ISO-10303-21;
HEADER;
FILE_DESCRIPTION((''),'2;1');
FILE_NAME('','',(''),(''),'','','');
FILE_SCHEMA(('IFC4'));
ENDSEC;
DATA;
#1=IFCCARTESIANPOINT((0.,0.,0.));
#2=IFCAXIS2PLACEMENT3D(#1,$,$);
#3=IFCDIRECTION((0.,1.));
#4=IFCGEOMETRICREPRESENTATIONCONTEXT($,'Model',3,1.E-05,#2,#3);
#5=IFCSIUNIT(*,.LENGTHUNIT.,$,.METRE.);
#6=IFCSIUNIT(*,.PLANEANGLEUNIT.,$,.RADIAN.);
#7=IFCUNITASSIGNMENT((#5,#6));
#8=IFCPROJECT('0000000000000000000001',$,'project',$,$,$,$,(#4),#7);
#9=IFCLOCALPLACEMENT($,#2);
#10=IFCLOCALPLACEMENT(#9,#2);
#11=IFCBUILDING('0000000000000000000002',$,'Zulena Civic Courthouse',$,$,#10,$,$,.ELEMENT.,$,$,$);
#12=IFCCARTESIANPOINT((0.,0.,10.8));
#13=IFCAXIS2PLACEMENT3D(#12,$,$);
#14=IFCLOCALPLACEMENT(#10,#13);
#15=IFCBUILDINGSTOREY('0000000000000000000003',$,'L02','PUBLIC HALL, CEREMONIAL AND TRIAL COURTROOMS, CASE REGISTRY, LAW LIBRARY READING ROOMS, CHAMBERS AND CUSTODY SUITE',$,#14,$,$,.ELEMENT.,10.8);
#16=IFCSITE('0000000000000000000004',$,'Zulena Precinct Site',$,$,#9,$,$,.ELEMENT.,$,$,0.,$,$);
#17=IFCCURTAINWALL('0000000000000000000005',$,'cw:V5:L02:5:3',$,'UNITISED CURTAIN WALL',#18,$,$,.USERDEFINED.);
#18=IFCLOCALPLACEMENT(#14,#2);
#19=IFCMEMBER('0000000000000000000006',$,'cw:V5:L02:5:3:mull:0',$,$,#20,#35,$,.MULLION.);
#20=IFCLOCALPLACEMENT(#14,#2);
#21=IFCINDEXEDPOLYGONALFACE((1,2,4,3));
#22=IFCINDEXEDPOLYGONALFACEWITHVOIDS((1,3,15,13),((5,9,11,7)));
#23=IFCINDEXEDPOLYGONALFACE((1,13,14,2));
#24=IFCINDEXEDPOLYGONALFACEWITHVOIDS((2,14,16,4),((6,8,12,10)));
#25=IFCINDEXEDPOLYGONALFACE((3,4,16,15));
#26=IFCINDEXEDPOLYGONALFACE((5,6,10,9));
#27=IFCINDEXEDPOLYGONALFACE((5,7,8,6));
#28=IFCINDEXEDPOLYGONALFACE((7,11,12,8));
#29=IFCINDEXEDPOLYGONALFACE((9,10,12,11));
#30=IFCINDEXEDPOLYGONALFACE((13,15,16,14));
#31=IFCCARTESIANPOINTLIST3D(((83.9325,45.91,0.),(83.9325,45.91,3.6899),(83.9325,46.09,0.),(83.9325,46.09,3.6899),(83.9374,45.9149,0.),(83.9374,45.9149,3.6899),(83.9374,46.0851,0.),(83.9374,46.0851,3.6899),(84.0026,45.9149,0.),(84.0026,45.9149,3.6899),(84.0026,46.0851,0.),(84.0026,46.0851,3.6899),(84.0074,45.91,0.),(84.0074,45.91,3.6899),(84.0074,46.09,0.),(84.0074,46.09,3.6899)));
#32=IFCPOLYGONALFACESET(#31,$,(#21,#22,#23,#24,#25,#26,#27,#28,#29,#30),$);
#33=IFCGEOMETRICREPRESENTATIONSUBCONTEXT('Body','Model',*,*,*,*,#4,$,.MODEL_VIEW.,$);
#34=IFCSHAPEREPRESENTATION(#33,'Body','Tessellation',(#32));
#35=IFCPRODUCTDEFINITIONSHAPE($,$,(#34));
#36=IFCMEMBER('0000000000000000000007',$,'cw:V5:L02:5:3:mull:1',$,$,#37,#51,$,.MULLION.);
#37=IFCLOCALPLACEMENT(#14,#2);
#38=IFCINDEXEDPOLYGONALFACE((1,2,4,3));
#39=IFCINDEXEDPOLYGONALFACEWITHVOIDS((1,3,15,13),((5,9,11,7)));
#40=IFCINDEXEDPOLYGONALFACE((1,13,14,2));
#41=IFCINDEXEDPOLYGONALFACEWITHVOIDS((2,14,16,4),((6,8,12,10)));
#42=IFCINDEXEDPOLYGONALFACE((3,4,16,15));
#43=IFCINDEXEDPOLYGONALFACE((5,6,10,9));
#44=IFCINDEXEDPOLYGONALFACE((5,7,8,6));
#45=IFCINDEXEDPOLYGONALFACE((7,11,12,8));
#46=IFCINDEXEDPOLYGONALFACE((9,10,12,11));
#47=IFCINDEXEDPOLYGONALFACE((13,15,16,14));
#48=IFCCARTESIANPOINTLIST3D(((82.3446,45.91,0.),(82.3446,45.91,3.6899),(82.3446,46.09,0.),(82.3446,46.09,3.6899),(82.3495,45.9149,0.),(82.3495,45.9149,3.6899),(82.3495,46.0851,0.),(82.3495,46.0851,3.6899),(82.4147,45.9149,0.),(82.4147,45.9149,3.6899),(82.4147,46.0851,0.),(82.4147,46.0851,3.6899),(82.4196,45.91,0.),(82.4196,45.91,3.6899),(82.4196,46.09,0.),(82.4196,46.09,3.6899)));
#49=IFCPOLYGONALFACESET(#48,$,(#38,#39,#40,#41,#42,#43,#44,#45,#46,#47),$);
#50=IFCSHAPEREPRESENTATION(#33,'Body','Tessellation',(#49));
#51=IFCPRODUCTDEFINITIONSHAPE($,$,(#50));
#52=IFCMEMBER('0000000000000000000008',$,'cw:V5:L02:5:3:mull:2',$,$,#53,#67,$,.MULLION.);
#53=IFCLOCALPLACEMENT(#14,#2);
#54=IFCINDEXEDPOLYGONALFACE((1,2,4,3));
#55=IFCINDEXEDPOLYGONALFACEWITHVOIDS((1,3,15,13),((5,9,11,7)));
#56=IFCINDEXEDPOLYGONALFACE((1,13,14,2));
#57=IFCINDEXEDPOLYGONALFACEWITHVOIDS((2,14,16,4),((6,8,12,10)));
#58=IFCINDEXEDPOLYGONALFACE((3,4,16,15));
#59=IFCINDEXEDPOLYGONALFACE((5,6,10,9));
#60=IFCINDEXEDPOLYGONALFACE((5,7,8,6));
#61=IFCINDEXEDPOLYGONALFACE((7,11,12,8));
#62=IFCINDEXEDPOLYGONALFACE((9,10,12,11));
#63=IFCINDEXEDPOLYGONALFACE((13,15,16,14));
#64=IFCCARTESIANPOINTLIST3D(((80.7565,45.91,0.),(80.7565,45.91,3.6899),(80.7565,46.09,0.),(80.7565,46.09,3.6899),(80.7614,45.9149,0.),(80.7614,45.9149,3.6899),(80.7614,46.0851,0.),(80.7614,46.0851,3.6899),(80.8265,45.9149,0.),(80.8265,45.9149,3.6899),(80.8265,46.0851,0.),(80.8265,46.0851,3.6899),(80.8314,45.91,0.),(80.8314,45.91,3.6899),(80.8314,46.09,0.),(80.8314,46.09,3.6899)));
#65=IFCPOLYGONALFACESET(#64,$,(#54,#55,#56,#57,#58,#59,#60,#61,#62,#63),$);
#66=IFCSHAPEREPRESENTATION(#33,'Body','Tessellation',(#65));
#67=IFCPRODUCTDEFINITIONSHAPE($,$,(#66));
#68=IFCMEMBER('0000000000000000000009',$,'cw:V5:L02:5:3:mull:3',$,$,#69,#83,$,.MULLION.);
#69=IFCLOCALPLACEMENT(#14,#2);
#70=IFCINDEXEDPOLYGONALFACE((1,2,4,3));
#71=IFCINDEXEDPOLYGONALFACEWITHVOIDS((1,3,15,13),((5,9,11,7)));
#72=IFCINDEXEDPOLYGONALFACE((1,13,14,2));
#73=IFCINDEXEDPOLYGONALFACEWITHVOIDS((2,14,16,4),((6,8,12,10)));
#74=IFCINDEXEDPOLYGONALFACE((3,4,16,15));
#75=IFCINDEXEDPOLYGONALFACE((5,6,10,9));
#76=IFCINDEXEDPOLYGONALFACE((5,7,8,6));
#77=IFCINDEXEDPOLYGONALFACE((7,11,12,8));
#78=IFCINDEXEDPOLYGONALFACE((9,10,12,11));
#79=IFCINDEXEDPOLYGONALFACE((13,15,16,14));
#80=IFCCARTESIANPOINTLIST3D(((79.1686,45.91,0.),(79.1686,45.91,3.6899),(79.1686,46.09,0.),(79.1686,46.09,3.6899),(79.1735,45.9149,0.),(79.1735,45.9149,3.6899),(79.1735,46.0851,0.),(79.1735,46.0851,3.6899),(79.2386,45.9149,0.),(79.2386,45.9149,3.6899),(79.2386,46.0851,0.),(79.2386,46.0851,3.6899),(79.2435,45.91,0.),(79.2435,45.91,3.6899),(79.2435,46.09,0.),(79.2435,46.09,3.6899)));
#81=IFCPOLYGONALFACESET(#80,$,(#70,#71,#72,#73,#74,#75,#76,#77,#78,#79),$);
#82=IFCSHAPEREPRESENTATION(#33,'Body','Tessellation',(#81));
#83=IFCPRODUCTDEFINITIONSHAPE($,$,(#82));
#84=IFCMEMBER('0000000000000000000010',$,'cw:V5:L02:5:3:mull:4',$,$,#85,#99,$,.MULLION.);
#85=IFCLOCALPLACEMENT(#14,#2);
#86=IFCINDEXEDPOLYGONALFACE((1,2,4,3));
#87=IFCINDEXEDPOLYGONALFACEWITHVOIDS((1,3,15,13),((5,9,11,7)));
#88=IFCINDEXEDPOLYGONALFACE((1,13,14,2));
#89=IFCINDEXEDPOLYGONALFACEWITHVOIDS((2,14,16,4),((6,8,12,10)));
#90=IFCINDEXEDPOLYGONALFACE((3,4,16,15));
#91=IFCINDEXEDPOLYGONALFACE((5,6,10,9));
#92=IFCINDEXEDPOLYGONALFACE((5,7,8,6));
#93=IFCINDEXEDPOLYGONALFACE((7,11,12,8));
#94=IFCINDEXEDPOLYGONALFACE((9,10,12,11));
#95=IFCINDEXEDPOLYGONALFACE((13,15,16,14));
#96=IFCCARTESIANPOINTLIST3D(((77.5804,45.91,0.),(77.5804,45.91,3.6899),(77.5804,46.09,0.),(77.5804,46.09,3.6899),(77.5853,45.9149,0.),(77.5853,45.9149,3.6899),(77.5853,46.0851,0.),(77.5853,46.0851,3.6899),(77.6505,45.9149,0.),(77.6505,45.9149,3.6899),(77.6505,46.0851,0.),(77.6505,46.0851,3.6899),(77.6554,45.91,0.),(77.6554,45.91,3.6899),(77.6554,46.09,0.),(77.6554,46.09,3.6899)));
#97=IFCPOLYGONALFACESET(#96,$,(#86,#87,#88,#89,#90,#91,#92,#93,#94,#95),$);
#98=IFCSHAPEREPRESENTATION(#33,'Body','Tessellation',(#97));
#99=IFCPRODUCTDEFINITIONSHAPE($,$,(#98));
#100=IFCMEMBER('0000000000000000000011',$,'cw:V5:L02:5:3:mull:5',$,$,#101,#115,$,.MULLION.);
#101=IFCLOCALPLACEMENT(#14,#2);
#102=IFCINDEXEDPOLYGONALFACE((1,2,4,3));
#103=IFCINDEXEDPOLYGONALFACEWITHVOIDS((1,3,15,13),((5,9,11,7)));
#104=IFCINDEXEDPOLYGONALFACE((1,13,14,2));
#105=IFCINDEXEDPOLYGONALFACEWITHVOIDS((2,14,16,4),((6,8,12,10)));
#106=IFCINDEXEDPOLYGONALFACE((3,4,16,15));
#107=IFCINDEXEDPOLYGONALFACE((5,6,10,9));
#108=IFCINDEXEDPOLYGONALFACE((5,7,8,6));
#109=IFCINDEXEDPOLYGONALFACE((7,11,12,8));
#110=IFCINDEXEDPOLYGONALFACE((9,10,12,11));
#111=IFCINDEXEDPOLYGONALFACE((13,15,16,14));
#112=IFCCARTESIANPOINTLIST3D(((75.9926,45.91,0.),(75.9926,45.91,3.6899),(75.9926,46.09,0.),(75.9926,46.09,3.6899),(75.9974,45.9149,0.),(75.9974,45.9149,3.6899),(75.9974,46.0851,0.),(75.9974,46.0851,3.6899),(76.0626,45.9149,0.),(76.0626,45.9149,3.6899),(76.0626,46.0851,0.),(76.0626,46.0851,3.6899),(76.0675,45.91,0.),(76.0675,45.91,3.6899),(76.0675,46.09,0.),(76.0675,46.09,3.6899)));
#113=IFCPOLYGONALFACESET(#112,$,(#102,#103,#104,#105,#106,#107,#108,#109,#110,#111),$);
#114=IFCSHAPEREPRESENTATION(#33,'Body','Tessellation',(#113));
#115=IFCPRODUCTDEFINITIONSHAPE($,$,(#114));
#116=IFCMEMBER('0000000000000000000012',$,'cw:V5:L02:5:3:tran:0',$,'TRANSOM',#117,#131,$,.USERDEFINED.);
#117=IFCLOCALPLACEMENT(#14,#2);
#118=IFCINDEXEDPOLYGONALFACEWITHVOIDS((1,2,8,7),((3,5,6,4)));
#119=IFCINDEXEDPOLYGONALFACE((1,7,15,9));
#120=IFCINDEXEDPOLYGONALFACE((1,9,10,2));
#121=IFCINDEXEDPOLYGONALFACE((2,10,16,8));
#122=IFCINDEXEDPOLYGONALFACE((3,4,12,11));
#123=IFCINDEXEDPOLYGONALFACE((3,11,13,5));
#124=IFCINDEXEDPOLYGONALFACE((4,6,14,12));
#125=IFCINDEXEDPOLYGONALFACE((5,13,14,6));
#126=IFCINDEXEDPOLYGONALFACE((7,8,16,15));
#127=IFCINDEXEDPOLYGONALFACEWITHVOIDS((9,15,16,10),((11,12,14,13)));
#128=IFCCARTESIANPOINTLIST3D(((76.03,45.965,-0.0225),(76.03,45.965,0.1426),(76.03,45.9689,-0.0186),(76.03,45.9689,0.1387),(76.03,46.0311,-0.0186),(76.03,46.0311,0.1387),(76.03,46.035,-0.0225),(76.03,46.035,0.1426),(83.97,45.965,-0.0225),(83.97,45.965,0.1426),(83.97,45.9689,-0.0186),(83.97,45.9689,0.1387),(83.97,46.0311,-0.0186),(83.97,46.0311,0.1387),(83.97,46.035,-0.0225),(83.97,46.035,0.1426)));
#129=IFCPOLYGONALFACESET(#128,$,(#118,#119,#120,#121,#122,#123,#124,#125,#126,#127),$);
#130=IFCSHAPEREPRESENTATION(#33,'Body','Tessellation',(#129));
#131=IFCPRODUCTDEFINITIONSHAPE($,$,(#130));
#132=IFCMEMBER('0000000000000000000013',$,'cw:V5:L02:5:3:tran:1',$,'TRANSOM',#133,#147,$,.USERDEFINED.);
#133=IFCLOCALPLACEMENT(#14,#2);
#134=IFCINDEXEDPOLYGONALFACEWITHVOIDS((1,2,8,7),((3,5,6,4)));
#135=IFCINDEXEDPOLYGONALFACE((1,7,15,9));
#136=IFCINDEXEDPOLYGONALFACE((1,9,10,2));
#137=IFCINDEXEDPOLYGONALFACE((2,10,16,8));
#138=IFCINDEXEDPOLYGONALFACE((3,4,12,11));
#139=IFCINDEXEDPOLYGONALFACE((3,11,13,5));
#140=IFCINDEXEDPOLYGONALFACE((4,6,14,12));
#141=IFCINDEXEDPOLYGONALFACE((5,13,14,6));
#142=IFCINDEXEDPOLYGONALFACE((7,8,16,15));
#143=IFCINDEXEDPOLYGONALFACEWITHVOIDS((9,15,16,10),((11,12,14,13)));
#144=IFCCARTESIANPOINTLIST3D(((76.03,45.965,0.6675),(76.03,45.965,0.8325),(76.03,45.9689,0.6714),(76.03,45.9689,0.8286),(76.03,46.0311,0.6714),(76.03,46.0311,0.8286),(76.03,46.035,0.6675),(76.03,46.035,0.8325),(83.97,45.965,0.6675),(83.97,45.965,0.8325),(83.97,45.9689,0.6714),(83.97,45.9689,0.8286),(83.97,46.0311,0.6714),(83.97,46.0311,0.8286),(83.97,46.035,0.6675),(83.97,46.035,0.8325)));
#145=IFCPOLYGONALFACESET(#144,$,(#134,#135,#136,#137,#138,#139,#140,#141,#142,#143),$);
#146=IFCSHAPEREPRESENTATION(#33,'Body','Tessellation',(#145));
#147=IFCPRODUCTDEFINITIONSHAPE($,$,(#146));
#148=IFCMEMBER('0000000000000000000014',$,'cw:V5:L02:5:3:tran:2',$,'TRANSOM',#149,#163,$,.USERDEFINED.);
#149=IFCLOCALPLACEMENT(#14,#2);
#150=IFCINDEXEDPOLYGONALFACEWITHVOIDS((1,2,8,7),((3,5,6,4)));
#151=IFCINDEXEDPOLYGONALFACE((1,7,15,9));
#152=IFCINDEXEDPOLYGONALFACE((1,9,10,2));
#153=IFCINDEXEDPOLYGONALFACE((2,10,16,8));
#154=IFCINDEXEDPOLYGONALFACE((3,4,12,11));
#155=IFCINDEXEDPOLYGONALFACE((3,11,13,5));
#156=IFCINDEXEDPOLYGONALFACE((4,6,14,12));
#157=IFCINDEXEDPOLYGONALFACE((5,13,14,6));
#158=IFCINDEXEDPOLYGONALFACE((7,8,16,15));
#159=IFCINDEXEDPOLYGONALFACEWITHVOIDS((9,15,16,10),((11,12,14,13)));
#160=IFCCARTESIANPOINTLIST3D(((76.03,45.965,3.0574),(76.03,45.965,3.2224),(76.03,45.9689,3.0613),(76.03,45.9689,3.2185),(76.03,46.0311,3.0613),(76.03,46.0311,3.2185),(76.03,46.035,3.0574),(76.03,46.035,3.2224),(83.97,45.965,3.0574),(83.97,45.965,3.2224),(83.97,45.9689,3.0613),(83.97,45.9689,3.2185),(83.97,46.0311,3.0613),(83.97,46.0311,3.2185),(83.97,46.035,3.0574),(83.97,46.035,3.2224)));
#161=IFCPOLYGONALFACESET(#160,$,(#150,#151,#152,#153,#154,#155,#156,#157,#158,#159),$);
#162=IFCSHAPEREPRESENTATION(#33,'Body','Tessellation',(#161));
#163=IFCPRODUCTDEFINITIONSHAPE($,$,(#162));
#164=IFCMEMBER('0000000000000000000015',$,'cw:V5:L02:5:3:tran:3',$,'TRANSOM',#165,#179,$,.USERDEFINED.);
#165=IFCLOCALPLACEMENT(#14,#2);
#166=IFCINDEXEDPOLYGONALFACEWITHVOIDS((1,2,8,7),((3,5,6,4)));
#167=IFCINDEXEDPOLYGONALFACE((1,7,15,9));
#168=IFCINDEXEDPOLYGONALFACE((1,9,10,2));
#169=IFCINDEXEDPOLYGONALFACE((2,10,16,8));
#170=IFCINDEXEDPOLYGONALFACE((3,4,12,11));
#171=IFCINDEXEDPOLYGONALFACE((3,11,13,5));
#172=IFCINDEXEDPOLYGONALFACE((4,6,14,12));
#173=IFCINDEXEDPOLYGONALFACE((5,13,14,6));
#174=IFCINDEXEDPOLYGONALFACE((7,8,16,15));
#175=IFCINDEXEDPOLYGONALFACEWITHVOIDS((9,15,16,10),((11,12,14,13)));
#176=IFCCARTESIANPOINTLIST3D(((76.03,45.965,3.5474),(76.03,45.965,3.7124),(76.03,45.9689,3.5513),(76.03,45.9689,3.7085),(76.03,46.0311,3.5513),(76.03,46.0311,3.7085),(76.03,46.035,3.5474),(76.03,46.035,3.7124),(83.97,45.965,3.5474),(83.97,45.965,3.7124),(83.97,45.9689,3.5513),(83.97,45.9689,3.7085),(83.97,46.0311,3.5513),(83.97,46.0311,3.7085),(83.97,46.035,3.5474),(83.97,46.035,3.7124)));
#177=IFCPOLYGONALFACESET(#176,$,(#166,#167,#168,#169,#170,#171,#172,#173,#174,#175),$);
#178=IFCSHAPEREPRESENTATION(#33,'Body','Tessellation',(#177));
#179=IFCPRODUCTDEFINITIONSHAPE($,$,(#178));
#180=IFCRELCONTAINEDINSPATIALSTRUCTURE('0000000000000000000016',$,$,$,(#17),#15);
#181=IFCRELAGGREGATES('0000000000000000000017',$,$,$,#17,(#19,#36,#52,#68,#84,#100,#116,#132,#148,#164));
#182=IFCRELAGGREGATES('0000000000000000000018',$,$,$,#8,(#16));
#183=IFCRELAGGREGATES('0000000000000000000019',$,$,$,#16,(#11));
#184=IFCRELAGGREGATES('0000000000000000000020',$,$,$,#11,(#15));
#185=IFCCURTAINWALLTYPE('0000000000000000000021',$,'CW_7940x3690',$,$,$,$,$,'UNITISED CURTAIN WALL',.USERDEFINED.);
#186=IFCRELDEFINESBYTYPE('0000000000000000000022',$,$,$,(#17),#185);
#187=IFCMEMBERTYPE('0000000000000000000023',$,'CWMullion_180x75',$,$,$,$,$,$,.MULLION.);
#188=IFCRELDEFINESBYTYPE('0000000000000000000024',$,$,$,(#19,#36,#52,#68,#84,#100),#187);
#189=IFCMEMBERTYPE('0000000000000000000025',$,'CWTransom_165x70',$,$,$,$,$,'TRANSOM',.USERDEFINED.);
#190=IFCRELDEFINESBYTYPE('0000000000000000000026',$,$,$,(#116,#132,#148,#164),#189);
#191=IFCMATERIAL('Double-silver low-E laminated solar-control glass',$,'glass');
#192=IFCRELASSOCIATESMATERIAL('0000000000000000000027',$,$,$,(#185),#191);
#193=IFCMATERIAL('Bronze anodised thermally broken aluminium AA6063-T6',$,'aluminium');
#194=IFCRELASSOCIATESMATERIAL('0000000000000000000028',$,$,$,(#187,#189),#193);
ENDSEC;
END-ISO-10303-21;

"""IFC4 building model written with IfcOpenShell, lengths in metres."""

from ifc_helpers import new_model, si_unit, direction, frame, origin, origin_2d, place, context, subcontext, project, spatial, hollow_rectangle, extrude, material, material_profile, profile_set, type_object, element, aggregate, save


model = new_model("IFC4")

# Units and contexts
model_context = context("Model", 3, precision=1e-05, world=origin(), true_north=direction((0.0, 1.0)))
body_context = subcontext(model_context, "Body", "Model", "MODEL_VIEW")
ifc_project = project(units=[si_unit("LENGTHUNIT", "METRE"), si_unit("PLANEANGLEUNIT", "RADIAN")], contexts=[model_context])

# Site, building, storey
site_placement = place(None, origin())
site = spatial("IfcSite", under=ifc_project, at=site_placement, Name="Zulena Precinct Site", CompositionType="ELEMENT", RefElevation=0.0)
building_placement = place(site_placement, origin())
building = spatial("IfcBuilding", under=site, at=building_placement, Name="Zulena Civic Courthouse", CompositionType="ELEMENT")
storey_placement = place(building_placement, frame((0.0, 0.0, 10.8)))
storey = spatial("IfcBuildingStorey", under=building, at=storey_placement, Name="L02", Description="PUBLIC HALL, CEREMONIAL AND TRIAL COURTROOMS, CASE REGISTRY, LAW LIBRARY READING ROOMS, CHAMBERS AND CUSTODY SUITE", CompositionType="ELEMENT", Elevation=10.8)

# Curtain wall, members
ifc_material_1 = material(Name="Double-silver low-E laminated solar-control glass", Category="glass")
curtain_wall_type = type_object("IfcCurtainWallType", Name="CW_7940x3690", ElementType="UNITISED CURTAIN WALL", PredefinedType="USERDEFINED", material=ifc_material_1)
curtain_wall_placement = place(storey_placement, origin())
curtain_wall = element("IfcCurtainWall", 1, at=curtain_wall_placement, inside=storey, type_object=curtain_wall_type, Name="cw:V5:L02:5:3", ObjectType="UNITISED CURTAIN WALL", PredefinedType="USERDEFINED")
ifc_material_2 = material(Name="Bronze anodised thermally broken aluminium AA6063-T6", Category="aluminium")
ifc_material_profile_1 = material_profile(ifc_material_2, hollow_rectangle(XDim=0.075, YDim=0.1799, WallThickness=0.0049, at=origin_2d()), Name="CWM180X75X5")
ifc_profile_set_1 = profile_set([ifc_material_profile_1], Name="Bronze anodised thermally broken aluminium AA6063-T6")
member_type_1 = type_object("IfcMemberType", Name="CWMullion_180x75", PredefinedType="MULLION", material=ifc_profile_set_1)
member_1_placement = place(storey_placement, frame((83.97, 46.0, 0.0), z_axis=(0.0, 0.0, 1.0), x_axis=(1.0, 0.0, 0.0)))
member_1 = element("IfcMember", 2, at=member_1_placement, type_object=member_type_1, Name="cw:V5:L02:5:3:mull:0", PredefinedType="MULLION", context=body_context, shape_type="SweptSolid", body=[
    extrude(hollow_rectangle(XDim=0.075, YDim=0.1799, WallThickness=0.0049, at=origin_2d()), origin(), (0.0, 0.0, 1.0), 3.6899),
])
member_2_placement = place(storey_placement, frame((82.3821, 46.0, 0.0), z_axis=(0.0, 0.0, 1.0), x_axis=(1.0, 0.0, 0.0)))
member_2 = element("IfcMember", 3, at=member_2_placement, type_object=member_type_1, Name="cw:V5:L02:5:3:mull:1", PredefinedType="MULLION", context=body_context, shape_type="SweptSolid", body=[
    extrude(hollow_rectangle(XDim=0.075, YDim=0.1799, WallThickness=0.0049, at=origin_2d()), origin(), (0.0, 0.0, 1.0), 3.6899),
])
member_3_placement = place(storey_placement, frame((80.7939, 46.0, 0.0), z_axis=(0.0, 0.0, 1.0), x_axis=(1.0, 0.0, 0.0)))
member_3 = element("IfcMember", 4, at=member_3_placement, type_object=member_type_1, Name="cw:V5:L02:5:3:mull:2", PredefinedType="MULLION", context=body_context, shape_type="SweptSolid", body=[
    extrude(hollow_rectangle(XDim=0.075, YDim=0.1799, WallThickness=0.0049, at=origin_2d()), origin(), (0.0, 0.0, 1.0), 3.6899),
])
member_4_placement = place(storey_placement, frame((79.2061, 46.0, 0.0), z_axis=(0.0, 0.0, 1.0), x_axis=(1.0, 0.0, 0.0)))
member_4 = element("IfcMember", 5, at=member_4_placement, type_object=member_type_1, Name="cw:V5:L02:5:3:mull:3", PredefinedType="MULLION", context=body_context, shape_type="SweptSolid", body=[
    extrude(hollow_rectangle(XDim=0.075, YDim=0.1799, WallThickness=0.0049, at=origin_2d()), origin(), (0.0, 0.0, 1.0), 3.6899),
])
member_5_placement = place(storey_placement, frame((77.6179, 46.0, 0.0), z_axis=(0.0, 0.0, 1.0), x_axis=(1.0, 0.0, 0.0)))
member_5 = element("IfcMember", 6, at=member_5_placement, type_object=member_type_1, Name="cw:V5:L02:5:3:mull:4", PredefinedType="MULLION", context=body_context, shape_type="SweptSolid", body=[
    extrude(hollow_rectangle(XDim=0.075, YDim=0.1799, WallThickness=0.0049, at=origin_2d()), origin(), (0.0, 0.0, 1.0), 3.6899),
])
member_6_placement = place(storey_placement, frame((76.03, 46.0, 0.0), z_axis=(0.0, 0.0, 1.0), x_axis=(1.0, 0.0, 0.0)))
member_6 = element("IfcMember", 7, at=member_6_placement, type_object=member_type_1, Name="cw:V5:L02:5:3:mull:5", PredefinedType="MULLION", context=body_context, shape_type="SweptSolid", body=[
    extrude(hollow_rectangle(XDim=0.075, YDim=0.1799, WallThickness=0.0049, at=origin_2d()), origin(), (0.0, 0.0, 1.0), 3.6899),
])
ifc_material_profile_2 = material_profile(ifc_material_2, hollow_rectangle(XDim=0.0701, YDim=0.165, WallThickness=0.0039, at=origin_2d()), Name="CWT165X70X4")
ifc_profile_set_2 = profile_set([ifc_material_profile_2], Name="Bronze anodised thermally broken aluminium AA6063-T6")
member_type_2 = type_object("IfcMemberType", Name="CWTransom_165x70", ElementType="TRANSOM", PredefinedType="USERDEFINED", material=ifc_profile_set_2)
member_7_placement = place(storey_placement, frame((83.97, 46.0, 0.0601), z_axis=(-1.0, 0.0, 0.0), x_axis=(0.0, -1.0, 0.0)))
member_7 = element("IfcMember", 8, at=member_7_placement, type_object=member_type_2, Name="cw:V5:L02:5:3:tran:0", ObjectType="TRANSOM", PredefinedType="USERDEFINED", context=body_context, shape_type="SweptSolid", body=[
    extrude(hollow_rectangle(XDim=0.0701, YDim=0.165, WallThickness=0.0039, at=origin_2d()), origin(), (0.0, 0.0, 1.0), 7.9399),
])
member_8_placement = place(storey_placement, frame((83.97, 46.0, 0.75), z_axis=(-1.0, 0.0, 0.0), x_axis=(0.0, -1.0, 0.0)))
member_8 = element("IfcMember", 9, at=member_8_placement, type_object=member_type_2, Name="cw:V5:L02:5:3:tran:1", ObjectType="TRANSOM", PredefinedType="USERDEFINED", context=body_context, shape_type="SweptSolid", body=[
    extrude(hollow_rectangle(XDim=0.0701, YDim=0.165, WallThickness=0.0039, at=origin_2d()), origin(), (0.0, 0.0, 1.0), 7.9399),
])
member_9_placement = place(storey_placement, frame((83.97, 46.0, 3.1399), z_axis=(-1.0, 0.0, 0.0), x_axis=(0.0, -1.0, 0.0)))
member_9 = element("IfcMember", 10, at=member_9_placement, type_object=member_type_2, Name="cw:V5:L02:5:3:tran:2", ObjectType="TRANSOM", PredefinedType="USERDEFINED", context=body_context, shape_type="SweptSolid", body=[
    extrude(hollow_rectangle(XDim=0.0701, YDim=0.165, WallThickness=0.0039, at=origin_2d()), origin(), (0.0, 0.0, 1.0), 7.9399),
])
member_10_placement = place(storey_placement, frame((83.97, 46.0, 3.6299), z_axis=(-1.0, 0.0, 0.0), x_axis=(0.0, -1.0, 0.0)))
member_10 = element("IfcMember", 11, at=member_10_placement, type_object=member_type_2, Name="cw:V5:L02:5:3:tran:3", ObjectType="TRANSOM", PredefinedType="USERDEFINED", context=body_context, shape_type="SweptSolid", body=[
    extrude(hollow_rectangle(XDim=0.0701, YDim=0.165, WallThickness=0.0039, at=origin_2d()), origin(), (0.0, 0.0, 1.0), 7.9399),
])

aggregate(curtain_wall, [member_1, member_2, member_3, member_4, member_5, member_6, member_7, member_8, member_9, member_10])

save(model, "model.ifc")
